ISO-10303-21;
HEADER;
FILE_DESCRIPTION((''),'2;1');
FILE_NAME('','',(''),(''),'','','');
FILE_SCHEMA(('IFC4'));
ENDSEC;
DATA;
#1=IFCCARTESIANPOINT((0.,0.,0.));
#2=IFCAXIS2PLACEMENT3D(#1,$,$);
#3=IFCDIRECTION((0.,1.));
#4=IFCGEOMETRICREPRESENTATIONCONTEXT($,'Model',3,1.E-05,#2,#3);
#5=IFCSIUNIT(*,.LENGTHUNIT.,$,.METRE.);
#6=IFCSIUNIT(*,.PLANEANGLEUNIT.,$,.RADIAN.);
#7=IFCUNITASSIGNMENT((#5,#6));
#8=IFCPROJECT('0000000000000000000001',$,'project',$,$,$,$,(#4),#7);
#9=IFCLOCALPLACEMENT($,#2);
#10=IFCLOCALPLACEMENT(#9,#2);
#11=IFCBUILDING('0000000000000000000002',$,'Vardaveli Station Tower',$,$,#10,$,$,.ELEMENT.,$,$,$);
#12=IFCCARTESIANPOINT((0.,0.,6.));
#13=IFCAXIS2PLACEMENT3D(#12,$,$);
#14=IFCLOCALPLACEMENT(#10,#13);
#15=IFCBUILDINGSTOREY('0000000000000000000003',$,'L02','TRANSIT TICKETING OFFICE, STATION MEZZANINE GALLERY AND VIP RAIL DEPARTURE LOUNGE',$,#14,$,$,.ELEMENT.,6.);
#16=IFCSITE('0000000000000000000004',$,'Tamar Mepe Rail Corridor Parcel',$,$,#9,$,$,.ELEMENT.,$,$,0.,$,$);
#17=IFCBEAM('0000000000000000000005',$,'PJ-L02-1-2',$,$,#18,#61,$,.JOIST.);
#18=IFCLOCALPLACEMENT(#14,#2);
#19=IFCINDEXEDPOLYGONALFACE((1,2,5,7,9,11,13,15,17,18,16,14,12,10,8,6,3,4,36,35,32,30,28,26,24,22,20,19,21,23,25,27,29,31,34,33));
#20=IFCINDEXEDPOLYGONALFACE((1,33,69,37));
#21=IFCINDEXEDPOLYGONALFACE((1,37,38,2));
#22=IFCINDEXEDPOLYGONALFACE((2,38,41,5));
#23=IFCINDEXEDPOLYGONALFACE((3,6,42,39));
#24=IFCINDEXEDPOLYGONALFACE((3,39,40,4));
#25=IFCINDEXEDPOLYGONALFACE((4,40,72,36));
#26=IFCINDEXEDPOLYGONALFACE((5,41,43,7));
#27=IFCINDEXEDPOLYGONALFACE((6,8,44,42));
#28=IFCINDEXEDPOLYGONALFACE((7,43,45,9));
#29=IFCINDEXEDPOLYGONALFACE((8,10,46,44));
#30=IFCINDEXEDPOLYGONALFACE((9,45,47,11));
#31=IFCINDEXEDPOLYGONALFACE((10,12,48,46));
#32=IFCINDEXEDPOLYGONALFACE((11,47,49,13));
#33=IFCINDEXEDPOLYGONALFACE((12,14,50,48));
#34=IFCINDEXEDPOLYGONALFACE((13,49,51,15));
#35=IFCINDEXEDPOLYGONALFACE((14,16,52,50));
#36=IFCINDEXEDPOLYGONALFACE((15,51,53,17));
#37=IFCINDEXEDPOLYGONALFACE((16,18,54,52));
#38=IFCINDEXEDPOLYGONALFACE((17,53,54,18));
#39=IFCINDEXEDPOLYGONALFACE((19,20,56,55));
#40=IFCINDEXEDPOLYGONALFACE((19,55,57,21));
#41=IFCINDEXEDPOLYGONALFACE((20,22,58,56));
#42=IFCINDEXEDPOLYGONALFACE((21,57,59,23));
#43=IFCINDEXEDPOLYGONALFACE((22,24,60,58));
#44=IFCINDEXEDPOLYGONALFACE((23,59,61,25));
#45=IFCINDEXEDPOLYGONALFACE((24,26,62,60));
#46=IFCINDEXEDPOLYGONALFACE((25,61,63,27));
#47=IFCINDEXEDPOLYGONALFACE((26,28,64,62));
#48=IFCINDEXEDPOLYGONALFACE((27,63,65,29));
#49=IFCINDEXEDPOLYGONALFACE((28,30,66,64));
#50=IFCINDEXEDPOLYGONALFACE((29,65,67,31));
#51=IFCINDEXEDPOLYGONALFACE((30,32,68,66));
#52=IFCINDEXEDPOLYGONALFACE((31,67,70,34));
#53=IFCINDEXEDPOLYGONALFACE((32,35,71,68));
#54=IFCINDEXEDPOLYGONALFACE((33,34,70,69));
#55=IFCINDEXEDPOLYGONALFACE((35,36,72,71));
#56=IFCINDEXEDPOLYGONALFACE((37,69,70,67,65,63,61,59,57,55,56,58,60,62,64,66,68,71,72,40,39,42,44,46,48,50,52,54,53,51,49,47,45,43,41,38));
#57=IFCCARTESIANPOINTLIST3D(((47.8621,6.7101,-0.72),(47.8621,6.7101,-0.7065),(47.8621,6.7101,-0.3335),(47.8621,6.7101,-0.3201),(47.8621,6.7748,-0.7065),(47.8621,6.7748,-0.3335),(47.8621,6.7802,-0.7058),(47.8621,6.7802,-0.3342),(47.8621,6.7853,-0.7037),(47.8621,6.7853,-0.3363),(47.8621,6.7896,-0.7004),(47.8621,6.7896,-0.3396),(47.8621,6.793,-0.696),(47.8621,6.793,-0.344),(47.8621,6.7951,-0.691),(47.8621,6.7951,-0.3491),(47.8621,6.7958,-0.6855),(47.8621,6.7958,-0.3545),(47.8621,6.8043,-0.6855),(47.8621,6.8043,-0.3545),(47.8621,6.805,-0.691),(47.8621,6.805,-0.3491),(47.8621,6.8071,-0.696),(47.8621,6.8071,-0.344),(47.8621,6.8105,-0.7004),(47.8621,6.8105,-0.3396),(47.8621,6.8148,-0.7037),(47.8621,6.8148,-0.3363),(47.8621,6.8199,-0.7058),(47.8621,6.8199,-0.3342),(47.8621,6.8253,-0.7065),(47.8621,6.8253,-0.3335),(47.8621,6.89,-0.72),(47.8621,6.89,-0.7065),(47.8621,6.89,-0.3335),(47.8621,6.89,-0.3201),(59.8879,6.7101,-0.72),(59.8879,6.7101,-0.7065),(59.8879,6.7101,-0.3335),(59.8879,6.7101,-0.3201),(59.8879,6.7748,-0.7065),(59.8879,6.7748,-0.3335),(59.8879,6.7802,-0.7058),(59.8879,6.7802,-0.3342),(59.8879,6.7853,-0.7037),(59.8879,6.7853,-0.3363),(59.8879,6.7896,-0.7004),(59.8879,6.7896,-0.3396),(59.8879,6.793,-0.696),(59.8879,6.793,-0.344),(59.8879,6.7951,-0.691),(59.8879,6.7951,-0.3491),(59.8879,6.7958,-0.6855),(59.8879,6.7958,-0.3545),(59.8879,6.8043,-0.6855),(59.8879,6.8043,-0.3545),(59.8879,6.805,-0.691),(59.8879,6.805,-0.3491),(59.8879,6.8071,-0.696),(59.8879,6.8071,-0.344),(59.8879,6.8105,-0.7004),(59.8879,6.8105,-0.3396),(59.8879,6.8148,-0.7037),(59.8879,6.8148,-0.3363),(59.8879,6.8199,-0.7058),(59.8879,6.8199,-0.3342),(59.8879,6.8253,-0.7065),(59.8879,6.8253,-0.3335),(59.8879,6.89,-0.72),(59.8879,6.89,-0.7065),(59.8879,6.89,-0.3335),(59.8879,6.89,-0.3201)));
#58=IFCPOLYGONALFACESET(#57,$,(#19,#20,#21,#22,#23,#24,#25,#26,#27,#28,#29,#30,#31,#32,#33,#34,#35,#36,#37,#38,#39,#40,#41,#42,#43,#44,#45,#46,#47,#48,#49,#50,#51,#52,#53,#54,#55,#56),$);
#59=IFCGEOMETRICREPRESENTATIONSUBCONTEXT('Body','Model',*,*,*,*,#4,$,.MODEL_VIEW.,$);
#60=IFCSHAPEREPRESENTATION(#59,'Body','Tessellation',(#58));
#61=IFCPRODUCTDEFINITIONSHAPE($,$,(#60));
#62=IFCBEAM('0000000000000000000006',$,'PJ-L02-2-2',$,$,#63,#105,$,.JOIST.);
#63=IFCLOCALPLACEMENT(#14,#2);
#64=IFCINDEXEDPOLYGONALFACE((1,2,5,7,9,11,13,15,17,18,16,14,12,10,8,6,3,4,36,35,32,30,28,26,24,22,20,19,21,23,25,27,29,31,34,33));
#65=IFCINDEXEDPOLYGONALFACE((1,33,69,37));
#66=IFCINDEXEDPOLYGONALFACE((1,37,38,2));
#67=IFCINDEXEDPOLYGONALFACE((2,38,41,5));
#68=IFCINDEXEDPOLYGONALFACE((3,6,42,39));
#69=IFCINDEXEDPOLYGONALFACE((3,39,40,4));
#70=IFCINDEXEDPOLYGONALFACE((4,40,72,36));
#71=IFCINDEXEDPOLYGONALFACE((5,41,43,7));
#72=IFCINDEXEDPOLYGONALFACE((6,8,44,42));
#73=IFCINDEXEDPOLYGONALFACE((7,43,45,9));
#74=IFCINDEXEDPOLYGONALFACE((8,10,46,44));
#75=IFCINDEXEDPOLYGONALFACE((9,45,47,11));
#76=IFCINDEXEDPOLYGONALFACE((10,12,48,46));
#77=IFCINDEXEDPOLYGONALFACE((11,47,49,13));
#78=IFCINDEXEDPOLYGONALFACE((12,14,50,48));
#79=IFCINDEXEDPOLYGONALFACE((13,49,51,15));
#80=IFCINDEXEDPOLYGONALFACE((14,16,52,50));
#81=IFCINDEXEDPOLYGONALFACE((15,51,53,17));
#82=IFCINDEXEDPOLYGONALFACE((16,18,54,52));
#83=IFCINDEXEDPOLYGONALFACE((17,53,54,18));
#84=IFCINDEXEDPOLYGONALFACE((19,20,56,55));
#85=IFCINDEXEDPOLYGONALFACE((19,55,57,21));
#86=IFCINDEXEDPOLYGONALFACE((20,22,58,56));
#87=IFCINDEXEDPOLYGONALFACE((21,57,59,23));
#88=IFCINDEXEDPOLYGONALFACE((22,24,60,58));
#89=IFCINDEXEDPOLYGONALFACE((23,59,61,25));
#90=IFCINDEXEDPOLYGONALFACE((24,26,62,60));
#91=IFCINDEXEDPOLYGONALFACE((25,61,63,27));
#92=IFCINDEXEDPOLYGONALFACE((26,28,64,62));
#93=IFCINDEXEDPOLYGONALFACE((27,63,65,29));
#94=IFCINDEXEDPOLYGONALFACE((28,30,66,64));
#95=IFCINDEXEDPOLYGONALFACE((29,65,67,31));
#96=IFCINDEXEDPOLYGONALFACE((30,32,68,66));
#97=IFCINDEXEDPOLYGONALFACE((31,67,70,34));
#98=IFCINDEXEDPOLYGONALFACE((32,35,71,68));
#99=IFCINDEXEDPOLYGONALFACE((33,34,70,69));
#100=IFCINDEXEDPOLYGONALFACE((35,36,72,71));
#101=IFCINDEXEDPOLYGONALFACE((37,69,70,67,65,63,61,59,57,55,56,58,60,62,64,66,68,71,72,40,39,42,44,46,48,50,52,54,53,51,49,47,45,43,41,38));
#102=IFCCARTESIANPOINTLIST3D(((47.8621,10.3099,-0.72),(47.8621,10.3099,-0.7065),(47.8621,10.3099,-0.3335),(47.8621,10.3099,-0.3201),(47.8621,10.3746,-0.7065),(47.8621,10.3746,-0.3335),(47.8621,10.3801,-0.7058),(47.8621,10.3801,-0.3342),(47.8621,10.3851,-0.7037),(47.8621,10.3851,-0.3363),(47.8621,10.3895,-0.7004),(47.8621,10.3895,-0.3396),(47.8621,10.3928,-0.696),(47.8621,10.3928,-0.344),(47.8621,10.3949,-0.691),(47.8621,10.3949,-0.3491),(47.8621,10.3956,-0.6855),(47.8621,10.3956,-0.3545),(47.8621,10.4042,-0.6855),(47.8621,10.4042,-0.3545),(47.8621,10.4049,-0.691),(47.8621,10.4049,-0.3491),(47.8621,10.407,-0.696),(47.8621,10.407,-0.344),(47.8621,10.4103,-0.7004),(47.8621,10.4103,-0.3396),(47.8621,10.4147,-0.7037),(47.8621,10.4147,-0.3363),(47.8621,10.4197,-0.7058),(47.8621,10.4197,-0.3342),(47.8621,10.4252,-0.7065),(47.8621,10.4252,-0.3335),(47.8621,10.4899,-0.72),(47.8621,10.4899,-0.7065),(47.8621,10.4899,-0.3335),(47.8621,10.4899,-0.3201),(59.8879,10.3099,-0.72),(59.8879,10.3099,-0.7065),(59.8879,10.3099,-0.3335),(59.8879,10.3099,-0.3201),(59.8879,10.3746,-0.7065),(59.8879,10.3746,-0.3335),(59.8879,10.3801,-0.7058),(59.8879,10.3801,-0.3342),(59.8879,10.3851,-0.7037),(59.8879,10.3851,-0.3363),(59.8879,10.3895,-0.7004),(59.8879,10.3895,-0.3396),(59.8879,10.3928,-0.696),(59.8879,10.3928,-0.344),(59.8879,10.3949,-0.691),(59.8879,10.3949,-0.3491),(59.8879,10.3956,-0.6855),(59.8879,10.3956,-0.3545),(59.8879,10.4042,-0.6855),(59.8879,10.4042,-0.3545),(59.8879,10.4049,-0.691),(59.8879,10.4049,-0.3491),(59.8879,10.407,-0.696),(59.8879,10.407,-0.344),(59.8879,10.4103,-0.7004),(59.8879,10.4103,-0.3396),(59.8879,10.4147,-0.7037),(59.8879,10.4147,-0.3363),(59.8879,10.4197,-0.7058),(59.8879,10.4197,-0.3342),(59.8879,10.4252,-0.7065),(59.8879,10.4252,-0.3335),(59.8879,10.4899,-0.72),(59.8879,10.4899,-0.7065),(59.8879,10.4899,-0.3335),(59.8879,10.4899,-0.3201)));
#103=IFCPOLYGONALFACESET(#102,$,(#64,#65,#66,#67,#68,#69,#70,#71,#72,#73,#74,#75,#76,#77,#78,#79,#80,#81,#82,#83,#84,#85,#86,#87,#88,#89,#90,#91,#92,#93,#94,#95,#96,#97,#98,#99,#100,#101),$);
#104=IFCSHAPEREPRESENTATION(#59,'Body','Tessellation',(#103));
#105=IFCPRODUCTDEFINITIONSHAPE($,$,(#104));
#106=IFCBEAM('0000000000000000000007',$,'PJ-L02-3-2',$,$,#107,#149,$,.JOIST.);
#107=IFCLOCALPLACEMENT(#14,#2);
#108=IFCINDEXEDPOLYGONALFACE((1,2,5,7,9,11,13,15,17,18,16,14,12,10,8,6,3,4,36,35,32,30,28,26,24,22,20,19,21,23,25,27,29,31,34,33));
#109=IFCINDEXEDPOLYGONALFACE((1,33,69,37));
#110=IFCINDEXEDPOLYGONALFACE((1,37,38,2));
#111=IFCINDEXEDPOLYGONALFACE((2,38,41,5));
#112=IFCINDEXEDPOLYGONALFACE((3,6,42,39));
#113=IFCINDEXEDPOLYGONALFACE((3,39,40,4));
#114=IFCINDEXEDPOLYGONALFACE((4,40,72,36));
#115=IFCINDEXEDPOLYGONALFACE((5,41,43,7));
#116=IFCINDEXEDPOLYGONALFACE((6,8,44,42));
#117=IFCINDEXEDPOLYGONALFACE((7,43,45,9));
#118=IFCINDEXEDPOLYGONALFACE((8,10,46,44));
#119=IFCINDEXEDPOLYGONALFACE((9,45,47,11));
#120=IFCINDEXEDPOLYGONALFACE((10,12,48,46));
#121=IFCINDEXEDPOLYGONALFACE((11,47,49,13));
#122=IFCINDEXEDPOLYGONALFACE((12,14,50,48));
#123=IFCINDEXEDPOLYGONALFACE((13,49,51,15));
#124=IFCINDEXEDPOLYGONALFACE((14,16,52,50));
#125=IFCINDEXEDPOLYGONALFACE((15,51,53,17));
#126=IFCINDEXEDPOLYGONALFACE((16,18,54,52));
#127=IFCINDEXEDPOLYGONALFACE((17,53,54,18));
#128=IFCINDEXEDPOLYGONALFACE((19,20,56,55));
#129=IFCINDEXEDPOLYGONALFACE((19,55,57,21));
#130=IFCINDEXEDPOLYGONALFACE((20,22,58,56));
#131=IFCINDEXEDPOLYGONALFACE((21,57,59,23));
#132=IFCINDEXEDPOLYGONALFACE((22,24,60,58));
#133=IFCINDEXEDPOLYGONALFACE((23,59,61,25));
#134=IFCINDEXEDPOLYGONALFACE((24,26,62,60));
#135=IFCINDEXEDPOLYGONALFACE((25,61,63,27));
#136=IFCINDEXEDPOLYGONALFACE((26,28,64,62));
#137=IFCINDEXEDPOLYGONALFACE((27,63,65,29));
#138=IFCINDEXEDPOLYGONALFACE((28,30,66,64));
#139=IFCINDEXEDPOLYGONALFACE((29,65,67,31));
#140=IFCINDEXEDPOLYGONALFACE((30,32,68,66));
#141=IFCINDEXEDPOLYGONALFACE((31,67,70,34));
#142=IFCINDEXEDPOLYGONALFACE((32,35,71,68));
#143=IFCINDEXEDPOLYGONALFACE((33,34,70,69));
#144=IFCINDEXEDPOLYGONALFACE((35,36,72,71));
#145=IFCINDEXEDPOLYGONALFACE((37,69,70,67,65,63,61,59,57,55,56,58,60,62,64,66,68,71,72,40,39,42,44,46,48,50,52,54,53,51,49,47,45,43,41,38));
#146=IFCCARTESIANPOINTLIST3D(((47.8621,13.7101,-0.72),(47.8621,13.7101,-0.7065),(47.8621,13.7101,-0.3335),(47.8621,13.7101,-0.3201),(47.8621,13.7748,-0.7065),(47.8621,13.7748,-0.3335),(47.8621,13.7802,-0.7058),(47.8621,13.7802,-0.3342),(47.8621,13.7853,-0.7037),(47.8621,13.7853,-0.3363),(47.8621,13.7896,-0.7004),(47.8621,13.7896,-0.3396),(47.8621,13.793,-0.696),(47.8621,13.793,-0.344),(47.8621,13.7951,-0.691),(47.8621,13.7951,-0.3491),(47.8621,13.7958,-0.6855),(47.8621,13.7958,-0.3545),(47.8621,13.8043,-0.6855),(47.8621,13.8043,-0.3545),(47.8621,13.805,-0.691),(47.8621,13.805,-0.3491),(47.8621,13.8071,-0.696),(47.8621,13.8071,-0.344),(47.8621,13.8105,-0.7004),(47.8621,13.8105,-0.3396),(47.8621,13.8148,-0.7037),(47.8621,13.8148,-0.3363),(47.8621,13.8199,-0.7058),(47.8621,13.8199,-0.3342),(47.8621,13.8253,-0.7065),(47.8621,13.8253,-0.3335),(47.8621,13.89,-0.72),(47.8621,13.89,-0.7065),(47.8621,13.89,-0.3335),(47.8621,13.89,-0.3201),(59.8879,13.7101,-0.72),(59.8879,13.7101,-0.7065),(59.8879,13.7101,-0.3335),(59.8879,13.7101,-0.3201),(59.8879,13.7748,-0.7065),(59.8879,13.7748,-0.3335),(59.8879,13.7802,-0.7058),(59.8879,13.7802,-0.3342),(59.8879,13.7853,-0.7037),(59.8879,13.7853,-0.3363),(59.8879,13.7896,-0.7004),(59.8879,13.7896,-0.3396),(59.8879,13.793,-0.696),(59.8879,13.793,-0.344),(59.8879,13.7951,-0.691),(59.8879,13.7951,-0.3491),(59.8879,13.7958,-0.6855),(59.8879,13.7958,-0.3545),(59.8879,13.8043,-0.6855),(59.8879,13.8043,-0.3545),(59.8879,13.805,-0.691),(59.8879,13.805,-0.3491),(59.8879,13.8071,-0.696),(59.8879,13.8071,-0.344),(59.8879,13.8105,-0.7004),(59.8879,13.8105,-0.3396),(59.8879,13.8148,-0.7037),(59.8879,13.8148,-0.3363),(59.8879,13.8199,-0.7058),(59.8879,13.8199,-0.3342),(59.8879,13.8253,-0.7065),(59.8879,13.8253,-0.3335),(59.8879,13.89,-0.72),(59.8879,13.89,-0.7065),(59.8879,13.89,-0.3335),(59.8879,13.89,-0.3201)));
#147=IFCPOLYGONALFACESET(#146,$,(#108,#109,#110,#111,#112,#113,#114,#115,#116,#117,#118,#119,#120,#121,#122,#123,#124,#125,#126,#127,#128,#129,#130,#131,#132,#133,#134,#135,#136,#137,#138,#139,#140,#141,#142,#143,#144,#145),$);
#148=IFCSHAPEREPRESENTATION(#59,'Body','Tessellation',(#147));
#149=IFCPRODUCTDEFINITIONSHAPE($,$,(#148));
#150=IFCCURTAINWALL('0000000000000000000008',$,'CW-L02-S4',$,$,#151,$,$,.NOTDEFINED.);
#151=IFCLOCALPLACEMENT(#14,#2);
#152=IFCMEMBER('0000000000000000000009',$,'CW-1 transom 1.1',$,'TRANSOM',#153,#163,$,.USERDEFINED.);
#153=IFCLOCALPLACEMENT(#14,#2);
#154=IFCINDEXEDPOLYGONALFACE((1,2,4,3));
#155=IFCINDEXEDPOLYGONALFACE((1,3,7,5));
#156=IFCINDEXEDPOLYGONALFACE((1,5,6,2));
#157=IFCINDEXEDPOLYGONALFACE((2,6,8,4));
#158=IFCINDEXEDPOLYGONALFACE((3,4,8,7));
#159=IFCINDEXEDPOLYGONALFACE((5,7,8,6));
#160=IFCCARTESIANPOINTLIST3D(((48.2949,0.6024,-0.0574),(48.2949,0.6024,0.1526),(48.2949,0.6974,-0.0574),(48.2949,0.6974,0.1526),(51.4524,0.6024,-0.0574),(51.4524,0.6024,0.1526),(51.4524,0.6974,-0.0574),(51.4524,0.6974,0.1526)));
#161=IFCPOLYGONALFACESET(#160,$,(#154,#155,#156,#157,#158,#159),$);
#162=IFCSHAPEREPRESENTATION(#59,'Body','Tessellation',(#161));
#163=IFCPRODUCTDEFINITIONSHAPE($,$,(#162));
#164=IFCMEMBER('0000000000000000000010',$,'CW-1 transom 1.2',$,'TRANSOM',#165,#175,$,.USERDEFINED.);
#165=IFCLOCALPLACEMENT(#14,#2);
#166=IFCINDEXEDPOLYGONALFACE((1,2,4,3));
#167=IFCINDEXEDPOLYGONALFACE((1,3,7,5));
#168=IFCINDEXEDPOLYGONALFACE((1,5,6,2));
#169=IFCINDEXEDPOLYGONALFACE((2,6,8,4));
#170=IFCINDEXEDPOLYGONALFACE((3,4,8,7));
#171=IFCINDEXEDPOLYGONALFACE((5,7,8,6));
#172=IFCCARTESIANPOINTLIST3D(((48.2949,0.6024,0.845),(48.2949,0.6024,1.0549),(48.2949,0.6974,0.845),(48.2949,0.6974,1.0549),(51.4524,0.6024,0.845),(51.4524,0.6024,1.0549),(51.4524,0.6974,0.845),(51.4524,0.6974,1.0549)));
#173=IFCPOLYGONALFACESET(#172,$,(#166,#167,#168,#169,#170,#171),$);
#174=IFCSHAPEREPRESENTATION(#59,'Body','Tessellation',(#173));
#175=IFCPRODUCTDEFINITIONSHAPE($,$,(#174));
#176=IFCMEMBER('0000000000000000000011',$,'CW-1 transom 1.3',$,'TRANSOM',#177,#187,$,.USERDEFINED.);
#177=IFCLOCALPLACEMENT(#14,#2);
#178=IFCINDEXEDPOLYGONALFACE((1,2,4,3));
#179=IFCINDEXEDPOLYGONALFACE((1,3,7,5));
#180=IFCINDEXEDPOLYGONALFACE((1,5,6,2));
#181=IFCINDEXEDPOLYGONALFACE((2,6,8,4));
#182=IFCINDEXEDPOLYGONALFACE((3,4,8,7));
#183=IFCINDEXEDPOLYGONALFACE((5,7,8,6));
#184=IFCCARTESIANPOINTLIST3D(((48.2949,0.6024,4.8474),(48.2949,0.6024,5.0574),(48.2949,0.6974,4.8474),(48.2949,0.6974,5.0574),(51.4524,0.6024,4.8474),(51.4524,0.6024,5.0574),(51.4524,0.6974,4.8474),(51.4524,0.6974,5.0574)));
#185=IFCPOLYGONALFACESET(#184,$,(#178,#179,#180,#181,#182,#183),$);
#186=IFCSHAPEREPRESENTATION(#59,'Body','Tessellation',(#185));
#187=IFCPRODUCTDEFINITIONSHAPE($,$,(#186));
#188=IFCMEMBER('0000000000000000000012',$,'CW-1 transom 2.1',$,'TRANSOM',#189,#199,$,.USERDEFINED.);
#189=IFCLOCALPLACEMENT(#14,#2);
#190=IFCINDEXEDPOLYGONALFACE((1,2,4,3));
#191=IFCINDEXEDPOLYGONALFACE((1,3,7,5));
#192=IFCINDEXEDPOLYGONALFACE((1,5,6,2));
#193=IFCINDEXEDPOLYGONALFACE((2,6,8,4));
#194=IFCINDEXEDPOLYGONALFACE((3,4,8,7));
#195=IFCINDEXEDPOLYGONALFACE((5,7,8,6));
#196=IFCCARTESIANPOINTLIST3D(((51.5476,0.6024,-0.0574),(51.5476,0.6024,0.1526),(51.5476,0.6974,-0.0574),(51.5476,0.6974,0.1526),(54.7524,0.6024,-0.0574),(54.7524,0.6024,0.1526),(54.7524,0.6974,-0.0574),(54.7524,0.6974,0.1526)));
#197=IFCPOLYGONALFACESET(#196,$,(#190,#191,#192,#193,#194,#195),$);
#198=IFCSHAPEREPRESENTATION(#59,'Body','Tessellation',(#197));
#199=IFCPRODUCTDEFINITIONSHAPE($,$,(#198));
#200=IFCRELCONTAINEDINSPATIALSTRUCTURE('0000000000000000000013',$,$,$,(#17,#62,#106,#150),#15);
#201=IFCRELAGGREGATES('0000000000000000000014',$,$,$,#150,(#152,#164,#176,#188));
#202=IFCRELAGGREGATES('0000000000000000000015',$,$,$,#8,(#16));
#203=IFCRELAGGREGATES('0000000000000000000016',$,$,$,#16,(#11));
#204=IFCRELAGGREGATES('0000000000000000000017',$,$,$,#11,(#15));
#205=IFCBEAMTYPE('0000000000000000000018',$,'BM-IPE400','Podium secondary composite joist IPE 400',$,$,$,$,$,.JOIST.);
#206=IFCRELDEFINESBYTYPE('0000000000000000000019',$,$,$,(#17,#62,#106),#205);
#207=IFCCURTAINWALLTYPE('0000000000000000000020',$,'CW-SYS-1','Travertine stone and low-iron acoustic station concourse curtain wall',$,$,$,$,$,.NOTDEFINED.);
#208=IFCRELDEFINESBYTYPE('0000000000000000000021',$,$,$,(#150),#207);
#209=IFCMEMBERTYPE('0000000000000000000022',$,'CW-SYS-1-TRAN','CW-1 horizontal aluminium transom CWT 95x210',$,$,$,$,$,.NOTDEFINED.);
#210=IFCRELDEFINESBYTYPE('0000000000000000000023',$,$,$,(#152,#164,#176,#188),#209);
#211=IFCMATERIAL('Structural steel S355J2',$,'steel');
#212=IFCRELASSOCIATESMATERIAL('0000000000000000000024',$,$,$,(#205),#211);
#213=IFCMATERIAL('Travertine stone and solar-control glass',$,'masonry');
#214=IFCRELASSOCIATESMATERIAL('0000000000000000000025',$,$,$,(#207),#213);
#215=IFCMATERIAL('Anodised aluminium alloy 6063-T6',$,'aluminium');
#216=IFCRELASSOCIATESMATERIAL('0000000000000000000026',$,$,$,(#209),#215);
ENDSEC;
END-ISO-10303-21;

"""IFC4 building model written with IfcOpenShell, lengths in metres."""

from ifc_helpers import new_model, si_unit, direction, frame, origin, origin_2d, place, context, subcontext, project, spatial, rectangle, i_section, extrude, source, transform, mapped, material, material_profile, profile_set, type_object, element, aggregate, save


model = new_model("IFC4")

# Units and contexts
model_context = context("Model", 3, precision=1e-05, world=origin(), true_north=direction((0.0, 1.0)))
body_context = subcontext(model_context, "Body", "Model", "MODEL_VIEW")
ifc_project = project(units=[si_unit("LENGTHUNIT", "METRE"), si_unit("PLANEANGLEUNIT", "RADIAN")], contexts=[model_context])

# Site, building, storey
site_placement = place(None, origin())
site = spatial("IfcSite", under=ifc_project, at=site_placement, Name="Tamar Mepe Rail Corridor Parcel", CompositionType="ELEMENT", RefElevation=0.0)
building_placement = place(site_placement, origin())
building = spatial("IfcBuilding", under=site, at=building_placement, Name="Vardaveli Station Tower", CompositionType="ELEMENT")
storey_placement = place(building_placement, frame((0.0, 0.0, 6.0)))
storey = spatial("IfcBuildingStorey", under=building, at=storey_placement, Name="L02", Description="TRANSIT TICKETING OFFICE, STATION MEZZANINE GALLERY AND VIP RAIL DEPARTURE LOUNGE", CompositionType="ELEMENT", Elevation=6.0)

# Beams
ifc_material_1 = material(Name="Structural steel S355J2", Category="steel")
ifc_material_profile_1 = material_profile(ifc_material_1, i_section(OverallWidth=0.1799, OverallDepth=0.3999, WebThickness=0.0085, FlangeThickness=0.0134, FilletRadius=0.021, at=origin_2d()), Name="IPE 400")
ifc_profile_set_1 = profile_set([ifc_material_profile_1], Name="Structural steel S355J2")
beam_type_1 = type_object("IfcBeamType", Name="BM-IPE400", Description="Podium secondary composite joist IPE 400", PredefinedType="JOIST", material=ifc_profile_set_1)
shared_shape_1 = source(origin(), body_context, "Body", "SweptSolid", [
    extrude(i_section(OverallWidth=0.1799, OverallDepth=0.3999, WebThickness=0.0085, FlangeThickness=0.0134, FilletRadius=0.021, at=origin_2d()), origin(), (0.0, 0.0, 1.0), 12.0259),
])
for number, where, z_axis, x_axis, name in (
    (1, (47.8621, 6.8, -0.52), (1.0, 0.0, 0.0), (0.0, 1.0, 0.0), "PJ-L02-1-2"),
    (2, (47.8621, 10.3999, -0.52), (1.0, 0.0, 0.0), (0.0, 1.0, 0.0), "PJ-L02-2-2"),
    (3, (47.8621, 13.8, -0.52), (1.0, 0.0, 0.0), (0.0, 1.0, 0.0), "PJ-L02-3-2"),
):
    element("IfcBeam", number, at=place(storey_placement, frame(where, z_axis=z_axis, x_axis=x_axis)), inside=storey, type_object=beam_type_1, Name=name, PredefinedType="JOIST", context=body_context, shape_type="MappedRepresentation", body=[
        mapped(shared_shape_1, transform((0.0, 0.0, 0.0), scale=1.0)),
    ])

# Curtain wall, members
ifc_material_2 = material(Name="Travertine stone and solar-control glass", Category="masonry")
curtain_wall_type = type_object("IfcCurtainWallType", Name="CW-SYS-1", Description="Travertine stone and low-iron acoustic station concourse curtain wall", PredefinedType="NOTDEFINED", material=ifc_material_2)
curtain_wall_placement = place(storey_placement, origin())
curtain_wall = element("IfcCurtainWall", 4, at=curtain_wall_placement, inside=storey, type_object=curtain_wall_type, Name="CW-L02-S4", PredefinedType="NOTDEFINED")
ifc_material_3 = material(Name="Anodised aluminium alloy 6063-T6", Category="aluminium")
ifc_material_profile_2 = material_profile(ifc_material_3, rectangle(XDim=0.095, YDim=0.21, at=origin_2d()), Name="CWT 95x210")
ifc_profile_set_2 = profile_set([ifc_material_profile_2], Name="Anodised aluminium alloy 6063-T6")
member_type_1 = type_object("IfcMemberType", Name="CW-SYS-1-TRAN", Description="CW-1 horizontal aluminium transom CWT 95x210", PredefinedType="NOTDEFINED", material=ifc_profile_set_2)
shared_shape_2 = source(origin(), body_context, "Body", "SweptSolid", [
    extrude(rectangle(XDim=0.095, YDim=0.21, at=origin_2d()), origin(), (0.0, 0.0, 1.0), 3.1575),
])
member_1_placement = place(storey_placement, frame((48.2949, 0.6499, 0.0476), z_axis=(1.0, 0.0, 0.0), x_axis=(0.0, 1.0, 0.0)))
member_1 = element("IfcMember", 5, at=member_1_placement, type_object=member_type_1, Name="CW-1 transom 1.1", ObjectType="TRANSOM", PredefinedType="USERDEFINED", context=body_context, shape_type="MappedRepresentation", body=[
    mapped(shared_shape_2, transform((0.0, 0.0, 0.0), scale=1.0)),
])
member_2_placement = place(storey_placement, frame((48.2949, 0.6499, 0.95), z_axis=(1.0, 0.0, 0.0), x_axis=(0.0, 1.0, 0.0)))
member_2 = element("IfcMember", 6, at=member_2_placement, type_object=member_type_1, Name="CW-1 transom 1.2", ObjectType="TRANSOM", PredefinedType="USERDEFINED", context=body_context, shape_type="MappedRepresentation", body=[
    mapped(shared_shape_2, transform((0.0, 0.0, 0.0), scale=1.0)),
])
member_3_placement = place(storey_placement, frame((48.2949, 0.6499, 4.9524), z_axis=(1.0, 0.0, 0.0), x_axis=(0.0, 1.0, 0.0)))
member_3 = element("IfcMember", 7, at=member_3_placement, type_object=member_type_1, Name="CW-1 transom 1.3", ObjectType="TRANSOM", PredefinedType="USERDEFINED", context=body_context, shape_type="MappedRepresentation", body=[
    mapped(shared_shape_2, transform((0.0, 0.0, 0.0), scale=1.0)),
])
shared_shape_3 = source(origin(), body_context, "Body", "SweptSolid", [
    extrude(rectangle(XDim=0.095, YDim=0.21, at=origin_2d()), origin(), (0.0, 0.0, 1.0), 3.2048),
])
member_4_placement = place(storey_placement, frame((51.5476, 0.6499, 0.0476), z_axis=(1.0, 0.0, 0.0), x_axis=(0.0, 1.0, 0.0)))
member_4 = element("IfcMember", 8, at=member_4_placement, type_object=member_type_1, Name="CW-1 transom 2.1", ObjectType="TRANSOM", PredefinedType="USERDEFINED", context=body_context, shape_type="MappedRepresentation", body=[
    mapped(shared_shape_3, transform((0.0, 0.0, 0.0), scale=1.0)),
])
aggregate(curtain_wall, [member_1, member_2, member_3, member_4])

save(model, "model.ifc")
